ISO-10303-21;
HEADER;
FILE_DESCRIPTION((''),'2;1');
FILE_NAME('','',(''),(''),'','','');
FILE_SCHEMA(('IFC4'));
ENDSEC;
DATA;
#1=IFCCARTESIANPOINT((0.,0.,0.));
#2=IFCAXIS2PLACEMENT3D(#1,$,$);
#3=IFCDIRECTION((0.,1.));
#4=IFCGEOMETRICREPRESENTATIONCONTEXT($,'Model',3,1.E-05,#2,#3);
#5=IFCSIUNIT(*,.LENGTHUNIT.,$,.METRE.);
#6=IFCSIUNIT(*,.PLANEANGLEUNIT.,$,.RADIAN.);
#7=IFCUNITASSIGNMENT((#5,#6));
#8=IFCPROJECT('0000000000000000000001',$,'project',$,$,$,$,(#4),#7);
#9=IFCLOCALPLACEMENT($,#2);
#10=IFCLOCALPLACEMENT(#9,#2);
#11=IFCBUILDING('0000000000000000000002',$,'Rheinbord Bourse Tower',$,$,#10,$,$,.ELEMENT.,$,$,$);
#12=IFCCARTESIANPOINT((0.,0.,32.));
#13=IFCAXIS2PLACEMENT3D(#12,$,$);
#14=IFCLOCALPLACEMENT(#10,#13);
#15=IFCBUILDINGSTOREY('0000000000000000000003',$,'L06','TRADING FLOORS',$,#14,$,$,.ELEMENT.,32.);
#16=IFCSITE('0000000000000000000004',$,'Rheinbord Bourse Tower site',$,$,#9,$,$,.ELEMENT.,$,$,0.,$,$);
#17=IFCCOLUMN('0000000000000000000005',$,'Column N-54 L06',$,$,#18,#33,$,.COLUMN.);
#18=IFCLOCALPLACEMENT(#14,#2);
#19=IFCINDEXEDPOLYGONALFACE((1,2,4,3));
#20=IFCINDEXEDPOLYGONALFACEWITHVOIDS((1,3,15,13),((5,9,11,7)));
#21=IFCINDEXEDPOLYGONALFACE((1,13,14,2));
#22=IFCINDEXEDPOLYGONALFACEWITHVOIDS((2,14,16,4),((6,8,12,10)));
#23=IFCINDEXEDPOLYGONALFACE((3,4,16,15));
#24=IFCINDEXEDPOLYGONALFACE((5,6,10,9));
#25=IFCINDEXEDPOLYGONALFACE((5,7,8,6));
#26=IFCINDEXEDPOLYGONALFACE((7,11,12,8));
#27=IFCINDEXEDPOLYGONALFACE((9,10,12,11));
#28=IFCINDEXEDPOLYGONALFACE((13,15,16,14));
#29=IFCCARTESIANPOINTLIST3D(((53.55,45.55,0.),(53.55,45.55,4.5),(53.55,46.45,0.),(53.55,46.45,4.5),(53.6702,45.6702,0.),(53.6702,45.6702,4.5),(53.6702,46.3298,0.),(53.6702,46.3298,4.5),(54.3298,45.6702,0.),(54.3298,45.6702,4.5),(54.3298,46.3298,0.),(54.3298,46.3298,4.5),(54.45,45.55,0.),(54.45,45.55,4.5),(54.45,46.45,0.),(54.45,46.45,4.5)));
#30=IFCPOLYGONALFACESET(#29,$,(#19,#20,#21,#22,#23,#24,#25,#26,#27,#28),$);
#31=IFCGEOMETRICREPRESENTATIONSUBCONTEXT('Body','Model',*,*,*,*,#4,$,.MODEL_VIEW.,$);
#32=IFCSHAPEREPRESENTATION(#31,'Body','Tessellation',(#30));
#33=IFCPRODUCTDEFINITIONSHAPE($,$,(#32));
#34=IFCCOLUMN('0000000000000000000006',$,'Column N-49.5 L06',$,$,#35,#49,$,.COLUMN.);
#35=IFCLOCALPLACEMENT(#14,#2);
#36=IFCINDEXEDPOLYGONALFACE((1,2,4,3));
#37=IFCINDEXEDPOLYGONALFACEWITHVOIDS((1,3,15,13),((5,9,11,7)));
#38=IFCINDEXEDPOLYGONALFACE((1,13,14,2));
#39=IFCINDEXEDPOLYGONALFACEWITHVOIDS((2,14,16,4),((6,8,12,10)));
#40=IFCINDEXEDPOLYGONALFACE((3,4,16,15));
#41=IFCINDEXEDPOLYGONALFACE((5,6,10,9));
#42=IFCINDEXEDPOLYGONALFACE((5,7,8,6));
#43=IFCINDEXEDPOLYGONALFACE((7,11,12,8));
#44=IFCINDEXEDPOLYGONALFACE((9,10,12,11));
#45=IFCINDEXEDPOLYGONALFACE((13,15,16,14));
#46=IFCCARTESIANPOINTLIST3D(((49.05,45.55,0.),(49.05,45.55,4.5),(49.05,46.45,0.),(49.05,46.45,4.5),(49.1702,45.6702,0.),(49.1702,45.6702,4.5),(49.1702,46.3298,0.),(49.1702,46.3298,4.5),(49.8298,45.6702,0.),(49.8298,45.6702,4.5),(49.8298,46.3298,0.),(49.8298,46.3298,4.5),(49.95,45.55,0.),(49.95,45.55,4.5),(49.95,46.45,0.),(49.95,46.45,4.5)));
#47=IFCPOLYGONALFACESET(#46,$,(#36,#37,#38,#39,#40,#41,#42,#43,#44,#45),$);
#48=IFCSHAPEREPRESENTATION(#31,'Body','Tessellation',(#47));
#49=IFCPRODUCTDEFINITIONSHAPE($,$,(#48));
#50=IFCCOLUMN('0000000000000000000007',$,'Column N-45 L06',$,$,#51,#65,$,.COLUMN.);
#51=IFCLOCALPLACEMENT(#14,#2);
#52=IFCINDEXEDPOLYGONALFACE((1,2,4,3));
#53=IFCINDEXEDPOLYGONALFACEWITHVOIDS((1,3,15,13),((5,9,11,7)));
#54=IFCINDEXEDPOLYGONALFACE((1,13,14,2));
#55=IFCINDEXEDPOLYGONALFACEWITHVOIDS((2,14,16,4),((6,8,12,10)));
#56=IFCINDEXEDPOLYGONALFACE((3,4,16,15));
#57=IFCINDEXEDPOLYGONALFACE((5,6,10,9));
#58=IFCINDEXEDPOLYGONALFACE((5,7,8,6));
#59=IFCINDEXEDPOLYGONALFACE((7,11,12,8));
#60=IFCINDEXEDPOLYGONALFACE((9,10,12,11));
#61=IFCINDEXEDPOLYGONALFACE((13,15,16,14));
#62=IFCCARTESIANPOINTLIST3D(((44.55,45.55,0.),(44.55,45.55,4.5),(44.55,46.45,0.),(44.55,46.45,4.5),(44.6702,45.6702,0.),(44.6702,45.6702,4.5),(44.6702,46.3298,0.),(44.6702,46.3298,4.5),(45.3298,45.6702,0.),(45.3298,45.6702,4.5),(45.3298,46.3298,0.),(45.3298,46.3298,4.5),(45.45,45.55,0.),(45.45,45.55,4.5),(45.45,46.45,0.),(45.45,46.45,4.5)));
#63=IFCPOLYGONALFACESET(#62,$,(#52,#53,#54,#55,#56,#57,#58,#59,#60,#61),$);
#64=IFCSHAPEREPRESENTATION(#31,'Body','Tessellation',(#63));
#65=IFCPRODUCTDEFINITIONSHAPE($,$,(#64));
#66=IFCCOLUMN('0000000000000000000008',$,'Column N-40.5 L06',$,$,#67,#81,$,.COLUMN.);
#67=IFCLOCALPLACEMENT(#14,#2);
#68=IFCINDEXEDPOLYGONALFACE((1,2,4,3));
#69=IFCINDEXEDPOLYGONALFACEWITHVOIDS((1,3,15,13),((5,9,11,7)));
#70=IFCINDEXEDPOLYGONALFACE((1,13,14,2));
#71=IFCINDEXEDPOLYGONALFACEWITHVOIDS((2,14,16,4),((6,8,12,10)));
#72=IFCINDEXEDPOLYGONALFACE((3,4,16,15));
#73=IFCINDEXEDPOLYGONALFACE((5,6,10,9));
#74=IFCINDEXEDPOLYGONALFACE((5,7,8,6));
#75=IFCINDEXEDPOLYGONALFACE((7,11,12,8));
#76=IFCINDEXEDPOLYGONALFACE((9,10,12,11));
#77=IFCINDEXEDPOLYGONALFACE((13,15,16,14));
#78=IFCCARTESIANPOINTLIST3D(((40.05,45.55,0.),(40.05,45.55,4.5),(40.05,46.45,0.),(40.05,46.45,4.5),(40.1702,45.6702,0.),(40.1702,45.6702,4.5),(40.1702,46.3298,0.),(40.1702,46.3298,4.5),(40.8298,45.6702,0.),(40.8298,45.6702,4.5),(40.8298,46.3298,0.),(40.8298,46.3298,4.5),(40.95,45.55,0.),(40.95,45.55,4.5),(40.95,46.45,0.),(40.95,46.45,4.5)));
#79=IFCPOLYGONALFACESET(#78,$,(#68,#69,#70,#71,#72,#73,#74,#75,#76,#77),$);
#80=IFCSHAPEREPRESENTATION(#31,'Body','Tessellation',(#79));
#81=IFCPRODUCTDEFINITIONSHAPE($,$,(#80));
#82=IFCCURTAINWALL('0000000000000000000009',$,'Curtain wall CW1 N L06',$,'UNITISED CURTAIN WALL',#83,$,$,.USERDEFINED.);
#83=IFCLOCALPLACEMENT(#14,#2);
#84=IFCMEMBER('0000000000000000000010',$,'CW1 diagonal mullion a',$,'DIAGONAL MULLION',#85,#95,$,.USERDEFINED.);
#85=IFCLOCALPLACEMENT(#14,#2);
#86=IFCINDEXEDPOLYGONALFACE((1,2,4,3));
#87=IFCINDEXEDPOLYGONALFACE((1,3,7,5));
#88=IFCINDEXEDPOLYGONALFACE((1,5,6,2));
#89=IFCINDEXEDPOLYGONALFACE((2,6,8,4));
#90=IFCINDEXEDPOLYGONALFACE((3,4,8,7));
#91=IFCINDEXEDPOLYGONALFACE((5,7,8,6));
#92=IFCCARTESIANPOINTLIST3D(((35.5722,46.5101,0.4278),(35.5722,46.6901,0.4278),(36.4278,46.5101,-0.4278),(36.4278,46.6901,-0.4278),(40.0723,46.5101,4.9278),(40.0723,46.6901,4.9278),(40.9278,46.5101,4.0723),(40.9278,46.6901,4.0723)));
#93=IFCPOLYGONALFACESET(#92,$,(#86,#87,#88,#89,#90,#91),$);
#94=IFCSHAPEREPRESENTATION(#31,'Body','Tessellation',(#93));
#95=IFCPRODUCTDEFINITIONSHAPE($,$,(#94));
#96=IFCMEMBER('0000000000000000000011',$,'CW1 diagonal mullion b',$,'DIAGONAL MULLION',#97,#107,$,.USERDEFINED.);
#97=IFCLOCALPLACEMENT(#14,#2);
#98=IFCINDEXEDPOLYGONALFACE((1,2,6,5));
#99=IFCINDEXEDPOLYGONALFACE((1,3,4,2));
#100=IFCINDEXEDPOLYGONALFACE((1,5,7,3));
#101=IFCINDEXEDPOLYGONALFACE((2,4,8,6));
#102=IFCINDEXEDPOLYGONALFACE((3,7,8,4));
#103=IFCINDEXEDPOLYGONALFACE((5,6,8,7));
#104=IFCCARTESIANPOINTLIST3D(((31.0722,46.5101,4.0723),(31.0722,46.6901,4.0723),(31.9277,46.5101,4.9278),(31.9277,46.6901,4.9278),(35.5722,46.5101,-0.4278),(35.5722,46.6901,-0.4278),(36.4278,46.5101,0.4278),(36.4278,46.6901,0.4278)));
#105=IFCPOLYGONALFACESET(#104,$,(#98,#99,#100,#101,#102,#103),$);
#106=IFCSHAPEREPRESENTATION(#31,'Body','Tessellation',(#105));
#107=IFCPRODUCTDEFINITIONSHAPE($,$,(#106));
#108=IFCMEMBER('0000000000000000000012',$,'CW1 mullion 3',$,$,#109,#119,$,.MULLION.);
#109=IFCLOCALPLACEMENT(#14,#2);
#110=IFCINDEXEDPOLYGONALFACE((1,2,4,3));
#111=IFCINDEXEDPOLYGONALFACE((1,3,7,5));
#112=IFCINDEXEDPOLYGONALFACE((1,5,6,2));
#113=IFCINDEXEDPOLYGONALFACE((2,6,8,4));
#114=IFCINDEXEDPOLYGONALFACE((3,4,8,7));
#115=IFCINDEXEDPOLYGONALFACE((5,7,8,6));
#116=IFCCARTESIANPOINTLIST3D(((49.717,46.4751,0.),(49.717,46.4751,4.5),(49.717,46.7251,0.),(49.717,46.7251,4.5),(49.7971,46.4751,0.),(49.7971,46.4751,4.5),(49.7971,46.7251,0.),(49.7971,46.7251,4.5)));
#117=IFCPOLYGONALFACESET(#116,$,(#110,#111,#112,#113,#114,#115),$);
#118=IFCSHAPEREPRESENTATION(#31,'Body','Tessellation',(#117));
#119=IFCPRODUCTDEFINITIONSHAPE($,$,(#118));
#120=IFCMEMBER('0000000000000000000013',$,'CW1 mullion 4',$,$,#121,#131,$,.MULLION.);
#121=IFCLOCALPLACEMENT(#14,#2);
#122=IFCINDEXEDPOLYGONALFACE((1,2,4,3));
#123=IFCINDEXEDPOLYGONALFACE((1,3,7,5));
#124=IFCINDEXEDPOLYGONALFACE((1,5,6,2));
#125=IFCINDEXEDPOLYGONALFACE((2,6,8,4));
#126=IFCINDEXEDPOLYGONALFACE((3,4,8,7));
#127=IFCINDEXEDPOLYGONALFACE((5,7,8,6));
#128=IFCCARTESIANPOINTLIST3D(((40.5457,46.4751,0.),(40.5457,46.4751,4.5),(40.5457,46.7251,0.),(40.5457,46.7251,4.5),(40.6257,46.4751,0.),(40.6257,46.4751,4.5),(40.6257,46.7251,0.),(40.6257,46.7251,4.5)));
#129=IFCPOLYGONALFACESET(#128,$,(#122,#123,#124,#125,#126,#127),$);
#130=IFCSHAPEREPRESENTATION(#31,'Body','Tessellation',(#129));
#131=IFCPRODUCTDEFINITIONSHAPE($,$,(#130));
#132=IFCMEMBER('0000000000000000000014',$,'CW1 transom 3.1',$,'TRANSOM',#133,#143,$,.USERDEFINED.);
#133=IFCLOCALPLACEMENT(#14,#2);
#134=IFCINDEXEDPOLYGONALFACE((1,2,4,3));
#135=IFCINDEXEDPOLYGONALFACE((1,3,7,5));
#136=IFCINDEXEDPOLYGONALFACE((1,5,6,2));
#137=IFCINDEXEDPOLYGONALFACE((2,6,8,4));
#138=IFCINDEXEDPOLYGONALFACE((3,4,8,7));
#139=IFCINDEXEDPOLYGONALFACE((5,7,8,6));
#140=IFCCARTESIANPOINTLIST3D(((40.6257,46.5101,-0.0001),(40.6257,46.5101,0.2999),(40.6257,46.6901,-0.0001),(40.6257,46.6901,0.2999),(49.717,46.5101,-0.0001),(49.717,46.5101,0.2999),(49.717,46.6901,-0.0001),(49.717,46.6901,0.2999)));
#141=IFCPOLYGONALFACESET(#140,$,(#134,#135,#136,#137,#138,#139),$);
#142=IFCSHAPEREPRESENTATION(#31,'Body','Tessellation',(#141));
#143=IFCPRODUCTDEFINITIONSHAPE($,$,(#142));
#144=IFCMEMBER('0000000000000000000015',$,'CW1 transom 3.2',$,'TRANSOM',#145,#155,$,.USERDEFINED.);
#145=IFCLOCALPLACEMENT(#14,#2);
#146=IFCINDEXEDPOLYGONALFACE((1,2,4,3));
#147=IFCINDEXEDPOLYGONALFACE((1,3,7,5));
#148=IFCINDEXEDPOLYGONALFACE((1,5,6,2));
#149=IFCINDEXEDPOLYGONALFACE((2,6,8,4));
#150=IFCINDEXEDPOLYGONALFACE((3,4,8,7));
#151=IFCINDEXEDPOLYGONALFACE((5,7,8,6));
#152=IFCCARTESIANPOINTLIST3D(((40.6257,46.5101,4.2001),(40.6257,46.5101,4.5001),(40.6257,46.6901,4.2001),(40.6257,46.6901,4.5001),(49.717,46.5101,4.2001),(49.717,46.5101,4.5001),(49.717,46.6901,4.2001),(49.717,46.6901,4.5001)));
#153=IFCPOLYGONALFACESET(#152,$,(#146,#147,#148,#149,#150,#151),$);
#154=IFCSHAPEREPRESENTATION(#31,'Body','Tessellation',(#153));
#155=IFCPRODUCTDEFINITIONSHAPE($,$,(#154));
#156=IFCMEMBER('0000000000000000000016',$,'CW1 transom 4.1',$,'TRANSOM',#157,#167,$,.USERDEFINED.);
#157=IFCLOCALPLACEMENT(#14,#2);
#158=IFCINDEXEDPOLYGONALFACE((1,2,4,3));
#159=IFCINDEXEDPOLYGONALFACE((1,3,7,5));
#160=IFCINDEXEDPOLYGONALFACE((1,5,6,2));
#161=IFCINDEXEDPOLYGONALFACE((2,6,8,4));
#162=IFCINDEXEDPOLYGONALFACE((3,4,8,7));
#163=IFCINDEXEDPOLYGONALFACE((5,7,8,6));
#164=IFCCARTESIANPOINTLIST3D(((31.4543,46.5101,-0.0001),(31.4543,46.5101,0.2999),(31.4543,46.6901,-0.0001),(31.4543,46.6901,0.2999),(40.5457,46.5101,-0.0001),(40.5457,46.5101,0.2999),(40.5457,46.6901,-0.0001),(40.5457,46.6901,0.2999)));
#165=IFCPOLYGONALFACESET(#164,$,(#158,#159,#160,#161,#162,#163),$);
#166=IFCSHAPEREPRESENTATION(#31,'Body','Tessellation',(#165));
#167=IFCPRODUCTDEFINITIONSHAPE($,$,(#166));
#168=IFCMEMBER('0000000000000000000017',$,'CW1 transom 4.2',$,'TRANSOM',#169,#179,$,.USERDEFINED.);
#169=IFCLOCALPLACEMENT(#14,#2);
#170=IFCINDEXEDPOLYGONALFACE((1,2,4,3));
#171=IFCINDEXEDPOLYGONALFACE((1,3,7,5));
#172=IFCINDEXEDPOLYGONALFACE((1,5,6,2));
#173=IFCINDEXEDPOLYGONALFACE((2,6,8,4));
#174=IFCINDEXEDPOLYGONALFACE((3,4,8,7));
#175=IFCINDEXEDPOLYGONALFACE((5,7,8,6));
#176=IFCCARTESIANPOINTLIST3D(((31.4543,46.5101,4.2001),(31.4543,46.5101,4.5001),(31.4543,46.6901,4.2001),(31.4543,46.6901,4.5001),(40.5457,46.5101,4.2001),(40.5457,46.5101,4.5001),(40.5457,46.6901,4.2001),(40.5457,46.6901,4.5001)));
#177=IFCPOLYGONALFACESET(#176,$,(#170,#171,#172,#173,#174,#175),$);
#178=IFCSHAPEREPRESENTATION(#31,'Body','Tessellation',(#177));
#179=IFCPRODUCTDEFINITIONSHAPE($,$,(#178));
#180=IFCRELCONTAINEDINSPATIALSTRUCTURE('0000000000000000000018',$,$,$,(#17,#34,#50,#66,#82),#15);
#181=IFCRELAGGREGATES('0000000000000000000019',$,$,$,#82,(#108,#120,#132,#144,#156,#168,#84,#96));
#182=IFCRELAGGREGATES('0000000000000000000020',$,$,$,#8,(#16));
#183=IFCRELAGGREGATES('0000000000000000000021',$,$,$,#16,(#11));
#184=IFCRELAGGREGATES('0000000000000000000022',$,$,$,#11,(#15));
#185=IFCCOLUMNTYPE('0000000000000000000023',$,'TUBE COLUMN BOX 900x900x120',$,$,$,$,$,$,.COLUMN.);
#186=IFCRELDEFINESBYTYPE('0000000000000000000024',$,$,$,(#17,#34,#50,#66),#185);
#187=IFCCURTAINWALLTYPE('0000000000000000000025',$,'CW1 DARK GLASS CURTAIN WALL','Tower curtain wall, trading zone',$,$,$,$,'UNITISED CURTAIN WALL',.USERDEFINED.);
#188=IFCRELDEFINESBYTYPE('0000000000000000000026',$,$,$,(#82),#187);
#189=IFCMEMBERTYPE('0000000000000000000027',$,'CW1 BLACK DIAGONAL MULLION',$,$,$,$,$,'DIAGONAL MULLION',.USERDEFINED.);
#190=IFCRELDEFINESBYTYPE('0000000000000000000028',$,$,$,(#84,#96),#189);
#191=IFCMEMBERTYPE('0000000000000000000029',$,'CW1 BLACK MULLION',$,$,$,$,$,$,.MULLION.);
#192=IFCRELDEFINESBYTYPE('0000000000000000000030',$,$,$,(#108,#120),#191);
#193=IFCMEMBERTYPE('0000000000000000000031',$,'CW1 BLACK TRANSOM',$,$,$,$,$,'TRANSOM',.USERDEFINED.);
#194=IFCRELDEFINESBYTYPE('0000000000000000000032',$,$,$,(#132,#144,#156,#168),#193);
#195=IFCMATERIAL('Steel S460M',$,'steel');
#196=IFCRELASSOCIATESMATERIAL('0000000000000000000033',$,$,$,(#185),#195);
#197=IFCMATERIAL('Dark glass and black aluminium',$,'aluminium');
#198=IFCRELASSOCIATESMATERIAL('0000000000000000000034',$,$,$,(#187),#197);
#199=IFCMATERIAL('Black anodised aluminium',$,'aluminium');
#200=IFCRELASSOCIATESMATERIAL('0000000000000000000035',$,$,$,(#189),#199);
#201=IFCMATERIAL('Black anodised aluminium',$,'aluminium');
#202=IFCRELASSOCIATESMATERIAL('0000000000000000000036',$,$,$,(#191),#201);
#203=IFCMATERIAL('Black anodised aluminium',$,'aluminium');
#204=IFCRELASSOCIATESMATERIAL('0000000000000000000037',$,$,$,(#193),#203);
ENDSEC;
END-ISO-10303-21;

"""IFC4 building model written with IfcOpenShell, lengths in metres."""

from ifc_helpers import new_model, si_unit, direction, frame, origin, origin_2d, place, context, subcontext, project, spatial, rectangle, hollow_rectangle, extrude, material, material_profile, profile_set, type_object, element, aggregate, save


model = new_model("IFC4")

# Units and contexts
model_context = context("Model", 3, precision=1e-05, world=origin(), true_north=direction((0.0, 1.0)))
body_context = subcontext(model_context, "Body", "Model", "MODEL_VIEW")
ifc_project = project(units=[si_unit("LENGTHUNIT", "METRE"), si_unit("PLANEANGLEUNIT", "RADIAN")], contexts=[model_context])

# Site, building, storey
site_placement = place(None, origin())
site = spatial("IfcSite", under=ifc_project, at=site_placement, Name="Rheinbord Bourse Tower site", CompositionType="ELEMENT", RefElevation=0.0)
building_placement = place(site_placement, origin())
building = spatial("IfcBuilding", under=site, at=building_placement, Name="Rheinbord Bourse Tower", CompositionType="ELEMENT")
storey_placement = place(building_placement, frame((0.0, 0.0, 32.0)))
storey = spatial("IfcBuildingStorey", under=building, at=storey_placement, Name="L06", Description="TRADING FLOORS", CompositionType="ELEMENT", Elevation=32.0)

# Columns
ifc_material_1 = material(Name="Steel S460M", Category="steel")
ifc_material_profile_1 = material_profile(ifc_material_1, hollow_rectangle(XDim=0.8999, YDim=0.8999, WallThickness=0.1201, at=origin_2d()), Name="BOX 900x900x120")
ifc_profile_set_1 = profile_set([ifc_material_profile_1], Name="Steel S460M")
column_type = type_object("IfcColumnType", Name="TUBE COLUMN BOX 900x900x120", PredefinedType="COLUMN", material=ifc_profile_set_1)
for number, where, z_axis, x_axis, name in (
    (1, (54.0, 46.0, 0.0), (0.0, 0.0, 1.0), (0.0, 1.0, 0.0), "Column N-54 L06"),
    (2, (49.5, 46.0, 0.0), (0.0, 0.0, 1.0), (0.0, 1.0, 0.0), "Column N-49.5 L06"),
    (3, (45.0, 46.0, 0.0), (0.0, 0.0, 1.0), (0.0, 1.0, 0.0), "Column N-45 L06"),
    (4, (40.5, 46.0, 0.0), (0.0, 0.0, 1.0), (0.0, 1.0, 0.0), "Column N-40.5 L06"),
):
    element("IfcColumn", number, at=place(storey_placement, frame(where, z_axis=z_axis, x_axis=x_axis)), inside=storey, type_object=column_type, Name=name, PredefinedType="COLUMN", context=body_context, shape_type="SweptSolid", body=[
        extrude(hollow_rectangle(XDim=0.8999, YDim=0.8999, WallThickness=0.1201, at=origin_2d()), origin(), (0.0, 0.0, 1.0), 4.5),
    ])

# Curtain wall, members
ifc_material_2 = material(Name="Dark glass and black aluminium", Category="aluminium")
curtain_wall_type = type_object("IfcCurtainWallType", Name="CW1 DARK GLASS CURTAIN WALL", Description="Tower curtain wall, trading zone", ElementType="UNITISED CURTAIN WALL", PredefinedType="USERDEFINED", material=ifc_material_2)
curtain_wall_placement = place(storey_placement, origin())
curtain_wall = element("IfcCurtainWall", 5, at=curtain_wall_placement, inside=storey, type_object=curtain_wall_type, Name="Curtain wall CW1 N L06", ObjectType="UNITISED CURTAIN WALL", PredefinedType="USERDEFINED")
ifc_material_3 = material(Name="Black anodised aluminium", Category="aluminium")
ifc_material_profile_2 = material_profile(ifc_material_3, rectangle(XDim=0.1799, YDim=1.21, at=origin_2d()), Name="CW1 DIAGONAL MULLION 1210x180")
ifc_profile_set_2 = profile_set([ifc_material_profile_2], Name="Black anodised aluminium")
member_type_1 = type_object("IfcMemberType", Name="CW1 BLACK DIAGONAL MULLION", ElementType="DIAGONAL MULLION", PredefinedType="USERDEFINED", material=ifc_profile_set_2)
member_1_placement = place(storey_placement, frame((36.0, 46.6001, 0.0), z_axis=(0.707107, 0.0, 0.707107), x_axis=(0.0, 1.0, 0.0)))
member_1 = element("IfcMember", 6, at=member_1_placement, type_object=member_type_1, Name="CW1 diagonal mullion a", ObjectType="DIAGONAL MULLION", PredefinedType="USERDEFINED", context=body_context, shape_type="SweptSolid", body=[
    extrude(rectangle(XDim=0.1799, YDim=1.21, at=origin_2d()), origin(), (0.0, 0.0, 1.0), 6.364),
])
member_2_placement = place(storey_placement, frame((36.0, 46.6001, 0.0), z_axis=(-0.707107, 0.0, 0.707107), x_axis=(0.0, -1.0, 0.0)))
member_2 = element("IfcMember", 7, at=member_2_placement, type_object=member_type_1, Name="CW1 diagonal mullion b", ObjectType="DIAGONAL MULLION", PredefinedType="USERDEFINED", context=body_context, shape_type="SweptSolid", body=[
    extrude(rectangle(XDim=0.1799, YDim=1.21, at=origin_2d()), origin(), (0.0, 0.0, 1.0), 6.364),
])
ifc_material_4 = material(Name="Black anodised aluminium", Category="aluminium")
ifc_material_profile_3 = material_profile(ifc_material_4, rectangle(XDim=0.25, YDim=0.0801, at=origin_2d()), Name="CW1 MULLION 80x250")
ifc_profile_set_3 = profile_set([ifc_material_profile_3], Name="Black anodised aluminium")
member_type_2 = type_object("IfcMemberType", Name="CW1 BLACK MULLION", PredefinedType="MULLION", material=ifc_profile_set_3)
member_3_placement = place(storey_placement, frame((49.7571, 46.6001, 0.0), z_axis=(0.0, 0.0, 1.0), x_axis=(0.0, -1.0, 0.0)))
member_3 = element("IfcMember", 8, at=member_3_placement, type_object=member_type_2, Name="CW1 mullion 3", PredefinedType="MULLION", context=body_context, shape_type="SweptSolid", body=[
    extrude(rectangle(XDim=0.25, YDim=0.0801, at=origin_2d()), origin(), (0.0, 0.0, 1.0), 4.5),
])
member_4_placement = place(storey_placement, frame((40.5857, 46.6001, 0.0), z_axis=(0.0, 0.0, 1.0), x_axis=(0.0, -1.0, 0.0)))
member_4 = element("IfcMember", 9, at=member_4_placement, type_object=member_type_2, Name="CW1 mullion 4", PredefinedType="MULLION", context=body_context, shape_type="SweptSolid", body=[
    extrude(rectangle(XDim=0.25, YDim=0.0801, at=origin_2d()), origin(), (0.0, 0.0, 1.0), 4.5),
])
ifc_material_5 = material(Name="Black anodised aluminium", Category="aluminium")
ifc_material_profile_4 = material_profile(ifc_material_5, rectangle(XDim=0.1799, YDim=0.3, at=origin_2d()), Name="CW1 TRANSOM 300x180")
ifc_profile_set_4 = profile_set([ifc_material_profile_4], Name="Black anodised aluminium")
member_type_3 = type_object("IfcMemberType", Name="CW1 BLACK TRANSOM", ElementType="TRANSOM", PredefinedType="USERDEFINED", material=ifc_profile_set_4)
member_5_placement = place(storey_placement, frame((49.717, 46.6001, 0.1499), z_axis=(-1.0, 0.0, 0.0), x_axis=(0.0, -1.0, 0.0)))
member_5 = element("IfcMember", 10, at=member_5_placement, type_object=member_type_3, Name="CW1 transom 3.1", ObjectType="TRANSOM", PredefinedType="USERDEFINED", context=body_context, shape_type="SweptSolid", body=[
    extrude(rectangle(XDim=0.1799, YDim=0.3, at=origin_2d()), origin(), (0.0, 0.0, 1.0), 9.0913),
])
member_6_placement = place(storey_placement, frame((49.717, 46.6001, 4.3501), z_axis=(-1.0, 0.0, 0.0), x_axis=(0.0, -1.0, 0.0)))
member_6 = element("IfcMember", 11, at=member_6_placement, type_object=member_type_3, Name="CW1 transom 3.2", ObjectType="TRANSOM", PredefinedType="USERDEFINED", context=body_context, shape_type="SweptSolid", body=[
    extrude(rectangle(XDim=0.1799, YDim=0.3, at=origin_2d()), origin(), (0.0, 0.0, 1.0), 9.0913),
])
member_7_placement = place(storey_placement, frame((40.5457, 46.6001, 0.1499), z_axis=(-1.0, 0.0, 0.0), x_axis=(0.0, -1.0, 0.0)))
member_7 = element("IfcMember", 12, at=member_7_placement, type_object=member_type_3, Name="CW1 transom 4.1", ObjectType="TRANSOM", PredefinedType="USERDEFINED", context=body_context, shape_type="SweptSolid", body=[
    extrude(rectangle(XDim=0.1799, YDim=0.3, at=origin_2d()), origin(), (0.0, 0.0, 1.0), 9.0913),
])
member_8_placement = place(storey_placement, frame((40.5457, 46.6001, 4.3501), z_axis=(-1.0, 0.0, 0.0), x_axis=(0.0, -1.0, 0.0)))
member_8 = element("IfcMember", 13, at=member_8_placement, type_object=member_type_3, Name="CW1 transom 4.2", ObjectType="TRANSOM", PredefinedType="USERDEFINED", context=body_context, shape_type="SweptSolid", body=[
    extrude(rectangle(XDim=0.1799, YDim=0.3, at=origin_2d()), origin(), (0.0, 0.0, 1.0), 9.0913),
])

aggregate(curtain_wall, [member_3, member_4, member_5, member_6, member_7, member_8, member_1, member_2])

save(model, "model.ifc")
